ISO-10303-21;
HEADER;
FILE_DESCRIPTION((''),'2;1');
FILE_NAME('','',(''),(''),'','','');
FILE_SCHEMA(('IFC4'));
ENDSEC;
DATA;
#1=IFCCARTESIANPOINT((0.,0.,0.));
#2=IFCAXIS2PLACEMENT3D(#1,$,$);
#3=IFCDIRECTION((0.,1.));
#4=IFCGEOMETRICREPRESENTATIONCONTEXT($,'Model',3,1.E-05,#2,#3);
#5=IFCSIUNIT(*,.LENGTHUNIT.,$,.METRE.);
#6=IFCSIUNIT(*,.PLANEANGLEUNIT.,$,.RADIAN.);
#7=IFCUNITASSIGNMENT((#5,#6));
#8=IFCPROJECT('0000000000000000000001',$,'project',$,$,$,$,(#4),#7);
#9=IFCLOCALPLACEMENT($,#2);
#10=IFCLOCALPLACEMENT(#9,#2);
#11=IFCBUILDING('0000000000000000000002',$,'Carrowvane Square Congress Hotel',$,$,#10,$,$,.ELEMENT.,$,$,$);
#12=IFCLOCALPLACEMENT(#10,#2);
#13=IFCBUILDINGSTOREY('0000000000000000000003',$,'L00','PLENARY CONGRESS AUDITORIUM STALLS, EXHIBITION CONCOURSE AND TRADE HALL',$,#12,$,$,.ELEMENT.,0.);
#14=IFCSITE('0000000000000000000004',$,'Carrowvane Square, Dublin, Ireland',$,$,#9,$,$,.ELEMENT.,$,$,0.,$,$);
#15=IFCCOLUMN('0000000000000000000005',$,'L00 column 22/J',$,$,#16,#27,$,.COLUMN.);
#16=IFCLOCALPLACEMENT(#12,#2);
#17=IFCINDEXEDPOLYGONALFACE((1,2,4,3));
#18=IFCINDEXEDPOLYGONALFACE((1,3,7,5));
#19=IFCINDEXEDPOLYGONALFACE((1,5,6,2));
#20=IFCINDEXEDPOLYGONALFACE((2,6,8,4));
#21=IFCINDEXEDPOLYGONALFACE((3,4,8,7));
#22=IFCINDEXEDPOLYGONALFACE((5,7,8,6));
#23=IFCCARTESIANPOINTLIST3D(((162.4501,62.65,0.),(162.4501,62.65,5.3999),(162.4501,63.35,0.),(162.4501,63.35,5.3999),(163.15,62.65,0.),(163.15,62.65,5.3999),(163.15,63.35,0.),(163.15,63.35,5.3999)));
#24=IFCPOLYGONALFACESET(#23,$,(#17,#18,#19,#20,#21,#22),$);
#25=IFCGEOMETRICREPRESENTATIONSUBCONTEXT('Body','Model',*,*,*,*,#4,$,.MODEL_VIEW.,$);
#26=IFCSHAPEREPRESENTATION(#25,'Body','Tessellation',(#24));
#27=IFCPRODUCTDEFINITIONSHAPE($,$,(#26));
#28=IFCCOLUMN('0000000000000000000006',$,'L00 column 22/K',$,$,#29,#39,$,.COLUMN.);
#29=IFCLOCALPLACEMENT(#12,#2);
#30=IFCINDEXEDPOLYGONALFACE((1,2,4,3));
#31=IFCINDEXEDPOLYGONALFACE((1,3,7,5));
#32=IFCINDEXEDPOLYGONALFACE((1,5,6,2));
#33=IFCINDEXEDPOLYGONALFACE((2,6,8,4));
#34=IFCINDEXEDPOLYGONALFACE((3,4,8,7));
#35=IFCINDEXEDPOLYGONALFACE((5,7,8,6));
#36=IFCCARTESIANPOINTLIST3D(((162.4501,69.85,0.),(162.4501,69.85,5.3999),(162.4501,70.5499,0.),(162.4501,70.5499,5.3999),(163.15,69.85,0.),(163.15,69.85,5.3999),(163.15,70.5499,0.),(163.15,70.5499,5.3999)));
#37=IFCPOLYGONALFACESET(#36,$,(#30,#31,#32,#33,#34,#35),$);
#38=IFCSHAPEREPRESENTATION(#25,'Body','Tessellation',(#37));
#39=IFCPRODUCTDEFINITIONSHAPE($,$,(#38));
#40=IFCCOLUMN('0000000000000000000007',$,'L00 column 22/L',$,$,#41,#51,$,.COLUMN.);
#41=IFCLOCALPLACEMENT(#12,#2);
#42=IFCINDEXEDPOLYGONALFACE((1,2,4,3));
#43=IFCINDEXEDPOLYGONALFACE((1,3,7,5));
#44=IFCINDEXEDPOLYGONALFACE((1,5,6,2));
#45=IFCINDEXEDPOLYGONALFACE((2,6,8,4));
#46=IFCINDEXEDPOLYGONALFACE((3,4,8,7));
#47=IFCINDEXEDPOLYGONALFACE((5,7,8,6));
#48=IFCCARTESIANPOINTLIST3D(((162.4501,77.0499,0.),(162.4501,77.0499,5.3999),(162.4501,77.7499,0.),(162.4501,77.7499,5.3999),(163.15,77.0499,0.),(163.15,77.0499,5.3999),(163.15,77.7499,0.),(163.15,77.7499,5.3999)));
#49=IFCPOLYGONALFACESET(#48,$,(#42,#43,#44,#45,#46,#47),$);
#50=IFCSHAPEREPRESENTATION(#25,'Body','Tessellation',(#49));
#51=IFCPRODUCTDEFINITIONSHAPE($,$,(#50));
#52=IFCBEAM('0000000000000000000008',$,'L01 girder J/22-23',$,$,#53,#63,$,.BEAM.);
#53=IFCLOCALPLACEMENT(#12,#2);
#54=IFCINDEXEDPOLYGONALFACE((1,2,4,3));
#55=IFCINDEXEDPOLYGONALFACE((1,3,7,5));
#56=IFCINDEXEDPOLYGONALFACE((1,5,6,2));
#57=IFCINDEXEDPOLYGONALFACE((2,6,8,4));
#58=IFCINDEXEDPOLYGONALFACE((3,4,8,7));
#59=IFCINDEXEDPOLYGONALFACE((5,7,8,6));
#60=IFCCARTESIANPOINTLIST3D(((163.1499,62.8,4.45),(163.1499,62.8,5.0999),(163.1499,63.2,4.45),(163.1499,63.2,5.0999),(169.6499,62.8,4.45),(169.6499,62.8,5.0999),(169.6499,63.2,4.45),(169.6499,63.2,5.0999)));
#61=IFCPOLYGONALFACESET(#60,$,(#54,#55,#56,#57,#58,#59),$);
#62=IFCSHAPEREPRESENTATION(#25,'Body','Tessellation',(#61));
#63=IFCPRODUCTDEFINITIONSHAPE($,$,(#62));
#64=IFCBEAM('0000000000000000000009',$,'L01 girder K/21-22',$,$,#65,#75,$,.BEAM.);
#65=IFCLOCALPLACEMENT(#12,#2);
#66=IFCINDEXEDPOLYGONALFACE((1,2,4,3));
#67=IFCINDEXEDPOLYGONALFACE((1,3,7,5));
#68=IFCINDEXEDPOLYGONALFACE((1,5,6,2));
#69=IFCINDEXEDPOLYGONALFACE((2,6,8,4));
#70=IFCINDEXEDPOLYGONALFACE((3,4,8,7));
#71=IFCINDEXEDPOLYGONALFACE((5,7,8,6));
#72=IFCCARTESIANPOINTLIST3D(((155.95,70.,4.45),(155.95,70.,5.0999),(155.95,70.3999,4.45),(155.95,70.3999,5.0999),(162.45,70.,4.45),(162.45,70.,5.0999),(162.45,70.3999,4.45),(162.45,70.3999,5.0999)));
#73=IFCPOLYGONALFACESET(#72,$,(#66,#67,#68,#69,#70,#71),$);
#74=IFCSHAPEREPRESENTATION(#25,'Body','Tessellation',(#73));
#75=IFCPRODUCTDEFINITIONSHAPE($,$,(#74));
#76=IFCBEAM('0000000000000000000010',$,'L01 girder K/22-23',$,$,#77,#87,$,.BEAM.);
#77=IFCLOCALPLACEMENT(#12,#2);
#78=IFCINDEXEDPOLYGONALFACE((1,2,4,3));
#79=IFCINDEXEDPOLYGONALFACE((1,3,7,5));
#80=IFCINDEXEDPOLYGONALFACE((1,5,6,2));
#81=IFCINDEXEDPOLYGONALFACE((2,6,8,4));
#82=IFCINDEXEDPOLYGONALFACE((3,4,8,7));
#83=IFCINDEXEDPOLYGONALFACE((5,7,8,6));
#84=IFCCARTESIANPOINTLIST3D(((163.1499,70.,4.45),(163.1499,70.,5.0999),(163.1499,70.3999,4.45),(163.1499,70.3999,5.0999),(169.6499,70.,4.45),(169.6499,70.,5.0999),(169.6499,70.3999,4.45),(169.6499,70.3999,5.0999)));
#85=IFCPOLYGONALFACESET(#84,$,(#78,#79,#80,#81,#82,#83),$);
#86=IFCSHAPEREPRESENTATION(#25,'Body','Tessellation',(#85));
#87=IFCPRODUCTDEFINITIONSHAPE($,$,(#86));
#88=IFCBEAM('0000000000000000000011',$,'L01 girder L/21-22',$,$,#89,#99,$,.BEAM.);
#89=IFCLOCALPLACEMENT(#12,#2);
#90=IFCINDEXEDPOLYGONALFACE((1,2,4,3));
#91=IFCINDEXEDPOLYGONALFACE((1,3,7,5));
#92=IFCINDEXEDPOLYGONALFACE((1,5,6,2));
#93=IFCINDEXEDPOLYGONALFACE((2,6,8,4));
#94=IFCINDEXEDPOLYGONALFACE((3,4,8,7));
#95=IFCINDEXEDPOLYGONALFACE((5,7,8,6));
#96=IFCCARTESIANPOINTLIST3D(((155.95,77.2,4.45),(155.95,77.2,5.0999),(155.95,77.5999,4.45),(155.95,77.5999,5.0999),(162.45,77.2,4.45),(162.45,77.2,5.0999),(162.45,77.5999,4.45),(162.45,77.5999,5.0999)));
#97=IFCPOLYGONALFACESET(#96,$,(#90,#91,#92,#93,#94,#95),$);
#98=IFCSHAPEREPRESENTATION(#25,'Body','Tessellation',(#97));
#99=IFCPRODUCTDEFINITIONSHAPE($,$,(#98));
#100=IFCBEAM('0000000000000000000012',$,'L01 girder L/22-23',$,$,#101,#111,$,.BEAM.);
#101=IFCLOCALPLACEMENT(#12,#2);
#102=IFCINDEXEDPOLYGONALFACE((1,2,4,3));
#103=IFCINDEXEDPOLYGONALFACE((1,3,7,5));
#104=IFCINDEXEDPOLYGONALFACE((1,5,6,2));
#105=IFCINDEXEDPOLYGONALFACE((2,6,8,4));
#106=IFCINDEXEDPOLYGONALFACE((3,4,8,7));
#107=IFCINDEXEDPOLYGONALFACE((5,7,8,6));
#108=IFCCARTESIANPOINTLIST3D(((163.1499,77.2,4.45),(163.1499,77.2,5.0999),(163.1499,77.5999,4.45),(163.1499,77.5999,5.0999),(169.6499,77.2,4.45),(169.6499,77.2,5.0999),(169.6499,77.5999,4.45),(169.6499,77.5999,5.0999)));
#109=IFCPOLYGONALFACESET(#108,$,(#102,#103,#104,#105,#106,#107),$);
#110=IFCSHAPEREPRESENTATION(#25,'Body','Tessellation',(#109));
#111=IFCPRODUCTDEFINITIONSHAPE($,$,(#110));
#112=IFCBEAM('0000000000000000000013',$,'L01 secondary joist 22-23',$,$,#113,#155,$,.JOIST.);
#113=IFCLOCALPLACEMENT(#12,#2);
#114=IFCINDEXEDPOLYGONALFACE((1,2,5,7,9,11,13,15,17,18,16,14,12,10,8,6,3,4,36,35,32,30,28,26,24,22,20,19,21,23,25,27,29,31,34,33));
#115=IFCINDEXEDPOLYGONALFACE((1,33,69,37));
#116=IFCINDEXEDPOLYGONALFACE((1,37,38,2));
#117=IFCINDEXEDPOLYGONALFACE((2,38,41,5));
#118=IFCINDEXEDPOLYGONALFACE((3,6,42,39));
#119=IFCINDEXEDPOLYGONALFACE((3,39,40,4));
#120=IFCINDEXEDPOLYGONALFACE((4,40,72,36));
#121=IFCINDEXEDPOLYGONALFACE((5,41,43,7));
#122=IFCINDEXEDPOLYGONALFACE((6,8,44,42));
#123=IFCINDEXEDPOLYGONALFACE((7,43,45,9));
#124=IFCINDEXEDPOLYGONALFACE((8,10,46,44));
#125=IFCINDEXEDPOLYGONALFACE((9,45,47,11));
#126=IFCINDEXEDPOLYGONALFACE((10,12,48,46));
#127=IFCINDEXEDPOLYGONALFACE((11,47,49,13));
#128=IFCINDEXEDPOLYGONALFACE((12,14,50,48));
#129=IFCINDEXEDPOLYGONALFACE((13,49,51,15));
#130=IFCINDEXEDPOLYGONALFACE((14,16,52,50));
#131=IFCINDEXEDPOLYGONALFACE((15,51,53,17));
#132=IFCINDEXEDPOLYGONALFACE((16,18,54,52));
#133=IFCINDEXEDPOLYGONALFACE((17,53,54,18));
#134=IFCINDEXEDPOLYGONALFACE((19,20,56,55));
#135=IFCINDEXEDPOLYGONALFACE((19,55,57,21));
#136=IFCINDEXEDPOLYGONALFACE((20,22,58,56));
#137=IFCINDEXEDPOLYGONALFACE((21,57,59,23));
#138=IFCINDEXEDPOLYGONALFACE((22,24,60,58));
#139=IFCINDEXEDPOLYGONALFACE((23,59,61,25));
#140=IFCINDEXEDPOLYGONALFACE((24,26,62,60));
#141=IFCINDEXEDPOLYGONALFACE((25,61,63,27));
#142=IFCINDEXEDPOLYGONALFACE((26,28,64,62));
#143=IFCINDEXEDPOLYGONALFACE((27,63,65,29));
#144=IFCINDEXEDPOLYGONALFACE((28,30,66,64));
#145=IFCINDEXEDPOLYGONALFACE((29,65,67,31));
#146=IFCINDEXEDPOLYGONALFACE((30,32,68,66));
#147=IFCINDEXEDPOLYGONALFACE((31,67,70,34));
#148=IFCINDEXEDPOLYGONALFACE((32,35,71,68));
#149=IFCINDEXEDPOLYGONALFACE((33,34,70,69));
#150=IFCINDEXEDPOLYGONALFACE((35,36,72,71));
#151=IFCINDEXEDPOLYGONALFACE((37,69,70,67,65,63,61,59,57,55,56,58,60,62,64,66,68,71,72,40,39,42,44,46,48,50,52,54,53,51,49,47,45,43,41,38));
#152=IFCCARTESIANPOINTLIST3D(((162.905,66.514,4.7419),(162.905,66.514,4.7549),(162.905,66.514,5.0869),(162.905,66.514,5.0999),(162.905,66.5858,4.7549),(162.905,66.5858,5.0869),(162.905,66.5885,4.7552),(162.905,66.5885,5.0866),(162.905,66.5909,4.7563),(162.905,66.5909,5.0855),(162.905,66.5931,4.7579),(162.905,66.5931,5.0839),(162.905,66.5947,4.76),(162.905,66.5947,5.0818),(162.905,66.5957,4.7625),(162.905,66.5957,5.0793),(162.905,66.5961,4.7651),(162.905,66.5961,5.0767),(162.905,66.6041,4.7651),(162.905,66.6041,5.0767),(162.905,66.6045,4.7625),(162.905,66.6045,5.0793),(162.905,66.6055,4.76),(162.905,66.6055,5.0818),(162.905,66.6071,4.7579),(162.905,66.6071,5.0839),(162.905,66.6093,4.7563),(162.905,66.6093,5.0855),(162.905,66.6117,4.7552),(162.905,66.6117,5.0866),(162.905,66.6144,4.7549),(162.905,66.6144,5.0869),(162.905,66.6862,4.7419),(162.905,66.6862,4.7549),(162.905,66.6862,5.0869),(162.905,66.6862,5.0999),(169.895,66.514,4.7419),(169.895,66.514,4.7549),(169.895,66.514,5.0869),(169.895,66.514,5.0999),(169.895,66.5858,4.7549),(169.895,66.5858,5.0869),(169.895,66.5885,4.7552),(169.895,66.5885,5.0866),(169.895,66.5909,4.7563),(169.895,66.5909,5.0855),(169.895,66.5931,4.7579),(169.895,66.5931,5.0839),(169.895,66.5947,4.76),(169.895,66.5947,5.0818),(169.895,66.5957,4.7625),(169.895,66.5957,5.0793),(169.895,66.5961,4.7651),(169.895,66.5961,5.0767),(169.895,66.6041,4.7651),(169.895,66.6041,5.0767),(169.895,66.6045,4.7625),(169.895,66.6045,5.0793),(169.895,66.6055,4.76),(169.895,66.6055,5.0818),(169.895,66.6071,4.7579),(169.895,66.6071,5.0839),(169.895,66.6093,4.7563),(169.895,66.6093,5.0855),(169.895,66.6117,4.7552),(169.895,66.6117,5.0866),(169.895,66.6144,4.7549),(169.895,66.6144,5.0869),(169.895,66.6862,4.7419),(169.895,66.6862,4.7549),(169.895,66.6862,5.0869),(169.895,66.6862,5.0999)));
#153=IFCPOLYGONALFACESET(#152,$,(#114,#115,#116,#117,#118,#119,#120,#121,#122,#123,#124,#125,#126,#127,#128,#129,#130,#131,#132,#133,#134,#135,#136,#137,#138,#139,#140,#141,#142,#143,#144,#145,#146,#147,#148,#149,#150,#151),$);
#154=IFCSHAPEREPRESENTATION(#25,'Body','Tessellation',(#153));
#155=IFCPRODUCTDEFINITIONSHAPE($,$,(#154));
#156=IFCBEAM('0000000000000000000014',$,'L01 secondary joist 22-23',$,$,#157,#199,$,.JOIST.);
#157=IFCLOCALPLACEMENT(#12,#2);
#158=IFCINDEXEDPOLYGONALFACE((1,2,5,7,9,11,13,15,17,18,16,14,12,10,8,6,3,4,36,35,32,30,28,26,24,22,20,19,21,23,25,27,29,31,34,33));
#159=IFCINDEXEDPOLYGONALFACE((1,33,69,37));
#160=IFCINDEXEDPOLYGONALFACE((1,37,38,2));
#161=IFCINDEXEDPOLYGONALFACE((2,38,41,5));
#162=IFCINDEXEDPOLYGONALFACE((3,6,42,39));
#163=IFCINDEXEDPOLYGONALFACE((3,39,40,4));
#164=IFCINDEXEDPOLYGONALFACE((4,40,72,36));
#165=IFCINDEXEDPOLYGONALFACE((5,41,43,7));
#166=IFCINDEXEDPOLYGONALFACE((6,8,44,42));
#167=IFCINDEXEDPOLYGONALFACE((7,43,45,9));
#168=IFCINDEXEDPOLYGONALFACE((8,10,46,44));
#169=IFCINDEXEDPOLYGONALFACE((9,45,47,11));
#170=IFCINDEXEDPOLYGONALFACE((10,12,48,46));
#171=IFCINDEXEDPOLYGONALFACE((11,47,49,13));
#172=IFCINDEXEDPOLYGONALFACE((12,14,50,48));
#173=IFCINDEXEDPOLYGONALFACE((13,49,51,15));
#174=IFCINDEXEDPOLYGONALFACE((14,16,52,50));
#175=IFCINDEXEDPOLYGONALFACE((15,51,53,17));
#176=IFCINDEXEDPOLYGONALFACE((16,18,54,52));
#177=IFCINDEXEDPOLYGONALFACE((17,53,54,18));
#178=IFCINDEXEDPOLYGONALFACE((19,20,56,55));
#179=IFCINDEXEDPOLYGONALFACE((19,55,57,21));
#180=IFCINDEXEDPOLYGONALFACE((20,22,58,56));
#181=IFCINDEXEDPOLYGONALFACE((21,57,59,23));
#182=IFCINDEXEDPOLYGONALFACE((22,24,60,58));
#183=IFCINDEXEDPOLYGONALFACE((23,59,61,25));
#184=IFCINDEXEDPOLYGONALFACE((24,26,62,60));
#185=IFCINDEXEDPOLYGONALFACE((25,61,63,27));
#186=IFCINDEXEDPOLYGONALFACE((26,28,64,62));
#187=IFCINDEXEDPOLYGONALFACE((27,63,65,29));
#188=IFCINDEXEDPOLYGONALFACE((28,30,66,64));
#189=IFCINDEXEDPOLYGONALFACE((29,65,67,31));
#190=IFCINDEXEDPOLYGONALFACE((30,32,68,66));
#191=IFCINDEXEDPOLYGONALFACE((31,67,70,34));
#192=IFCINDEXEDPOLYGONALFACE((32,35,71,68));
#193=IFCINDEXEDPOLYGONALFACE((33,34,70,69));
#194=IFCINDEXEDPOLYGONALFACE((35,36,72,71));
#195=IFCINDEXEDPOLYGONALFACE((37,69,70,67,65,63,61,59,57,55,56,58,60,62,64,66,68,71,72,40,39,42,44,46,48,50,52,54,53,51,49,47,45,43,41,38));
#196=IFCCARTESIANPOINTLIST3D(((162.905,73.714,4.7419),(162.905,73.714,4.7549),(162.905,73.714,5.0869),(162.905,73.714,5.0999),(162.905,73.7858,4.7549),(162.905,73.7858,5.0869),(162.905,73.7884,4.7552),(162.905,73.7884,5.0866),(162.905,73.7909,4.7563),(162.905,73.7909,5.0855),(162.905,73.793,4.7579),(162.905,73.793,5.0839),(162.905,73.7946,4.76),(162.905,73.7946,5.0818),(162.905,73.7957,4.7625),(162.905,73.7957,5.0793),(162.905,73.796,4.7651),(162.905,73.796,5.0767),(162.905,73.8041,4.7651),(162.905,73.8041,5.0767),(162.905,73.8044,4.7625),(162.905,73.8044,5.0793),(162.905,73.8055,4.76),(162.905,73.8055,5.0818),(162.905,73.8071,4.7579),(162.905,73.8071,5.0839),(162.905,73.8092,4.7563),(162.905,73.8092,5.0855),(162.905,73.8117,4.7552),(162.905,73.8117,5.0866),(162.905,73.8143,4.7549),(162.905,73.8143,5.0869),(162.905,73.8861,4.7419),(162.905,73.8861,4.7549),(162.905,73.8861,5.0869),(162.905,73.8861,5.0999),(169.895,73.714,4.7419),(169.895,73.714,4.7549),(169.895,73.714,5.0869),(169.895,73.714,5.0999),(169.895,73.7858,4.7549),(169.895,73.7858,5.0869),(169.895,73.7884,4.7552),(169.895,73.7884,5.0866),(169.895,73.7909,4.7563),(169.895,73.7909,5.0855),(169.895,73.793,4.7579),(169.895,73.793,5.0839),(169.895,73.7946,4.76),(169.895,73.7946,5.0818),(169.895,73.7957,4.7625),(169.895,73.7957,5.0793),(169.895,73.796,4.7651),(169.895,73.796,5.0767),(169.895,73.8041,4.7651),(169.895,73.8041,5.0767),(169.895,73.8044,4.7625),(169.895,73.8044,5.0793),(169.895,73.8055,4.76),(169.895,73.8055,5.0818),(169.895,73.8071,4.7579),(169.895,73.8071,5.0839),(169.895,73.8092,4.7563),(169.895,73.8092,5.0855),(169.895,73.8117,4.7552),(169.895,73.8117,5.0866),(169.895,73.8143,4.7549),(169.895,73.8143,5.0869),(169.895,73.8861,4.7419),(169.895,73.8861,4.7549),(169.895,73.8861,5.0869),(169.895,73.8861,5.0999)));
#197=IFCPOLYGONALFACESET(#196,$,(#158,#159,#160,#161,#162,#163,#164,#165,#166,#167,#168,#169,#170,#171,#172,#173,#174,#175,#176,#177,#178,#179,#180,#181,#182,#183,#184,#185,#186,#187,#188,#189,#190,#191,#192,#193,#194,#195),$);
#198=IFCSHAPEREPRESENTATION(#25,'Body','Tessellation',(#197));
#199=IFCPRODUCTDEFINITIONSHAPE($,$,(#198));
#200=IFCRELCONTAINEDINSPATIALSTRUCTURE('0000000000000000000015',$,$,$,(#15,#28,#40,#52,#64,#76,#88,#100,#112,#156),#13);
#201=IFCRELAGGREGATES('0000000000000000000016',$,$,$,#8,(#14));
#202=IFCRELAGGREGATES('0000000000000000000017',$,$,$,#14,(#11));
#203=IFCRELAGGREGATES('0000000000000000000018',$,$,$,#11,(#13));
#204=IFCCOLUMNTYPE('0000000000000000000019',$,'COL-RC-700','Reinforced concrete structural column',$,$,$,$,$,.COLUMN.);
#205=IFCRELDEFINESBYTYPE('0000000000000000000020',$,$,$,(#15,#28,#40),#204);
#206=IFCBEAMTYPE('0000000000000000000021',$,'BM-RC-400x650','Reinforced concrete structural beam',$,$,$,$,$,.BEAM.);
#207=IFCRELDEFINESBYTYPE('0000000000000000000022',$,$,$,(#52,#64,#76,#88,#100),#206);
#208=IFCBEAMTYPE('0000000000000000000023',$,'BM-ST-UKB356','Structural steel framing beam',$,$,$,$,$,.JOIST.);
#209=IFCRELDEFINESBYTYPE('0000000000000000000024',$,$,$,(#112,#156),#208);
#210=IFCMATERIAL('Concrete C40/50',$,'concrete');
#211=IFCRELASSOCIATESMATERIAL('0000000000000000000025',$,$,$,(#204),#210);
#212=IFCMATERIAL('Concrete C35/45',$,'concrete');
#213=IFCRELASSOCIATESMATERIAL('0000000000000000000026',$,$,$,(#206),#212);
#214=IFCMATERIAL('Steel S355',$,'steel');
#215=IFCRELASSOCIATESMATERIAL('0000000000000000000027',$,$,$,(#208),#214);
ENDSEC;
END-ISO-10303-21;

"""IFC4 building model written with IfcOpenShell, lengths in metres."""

from ifc_helpers import new_model, si_unit, direction, frame, origin, origin_2d, place, context, subcontext, project, spatial, rectangle, i_section, extrude, material, material_profile, profile_set, type_object, element, save


model = new_model("IFC4")

# Units and contexts
model_context = context("Model", 3, precision=1e-05, world=origin(), true_north=direction((0.0, 1.0)))
body_context = subcontext(model_context, "Body", "Model", "MODEL_VIEW")
ifc_project = project(units=[si_unit("LENGTHUNIT", "METRE"), si_unit("PLANEANGLEUNIT", "RADIAN")], contexts=[model_context])

# Site, building, storey
site_placement = place(None, origin())
site = spatial("IfcSite", under=ifc_project, at=site_placement, Name="Carrowvane Square, Dublin, Ireland", CompositionType="ELEMENT", RefElevation=0.0)
building_placement = place(site_placement, origin())
building = spatial("IfcBuilding", under=site, at=building_placement, Name="Carrowvane Square Congress Hotel", CompositionType="ELEMENT")
storey_placement = place(building_placement, origin())
storey = spatial("IfcBuildingStorey", under=building, at=storey_placement, Name="L00", Description="PLENARY CONGRESS AUDITORIUM STALLS, EXHIBITION CONCOURSE AND TRADE HALL", CompositionType="ELEMENT", Elevation=0.0)

# Columns
ifc_material_1 = material(Name="Concrete C40/50", Category="concrete")
ifc_material_profile_1 = material_profile(ifc_material_1, rectangle(XDim=0.7, YDim=0.7, at=origin_2d()), Name="RC 700x700")
ifc_profile_set_1 = profile_set([ifc_material_profile_1], Name="Concrete C40/50")
column_type = type_object("IfcColumnType", Name="COL-RC-700", Description="Reinforced concrete structural column", PredefinedType="COLUMN", material=ifc_profile_set_1)
for number, where, z_axis, x_axis, name in (
    (1, (162.8, 63.0, 0.0), (0.0, 0.0, 1.0), (1.0, 0.0, 0.0), "L00 column 22/J"),
    (2, (162.8, 70.2, 0.0), (0.0, 0.0, 1.0), (1.0, 0.0, 0.0), "L00 column 22/K"),
    (3, (162.8, 77.3999, 0.0), (0.0, 0.0, 1.0), (1.0, 0.0, 0.0), "L00 column 22/L"),
):
    element("IfcColumn", number, at=place(storey_placement, frame(where, z_axis=z_axis, x_axis=x_axis)), inside=storey, type_object=column_type, Name=name, PredefinedType="COLUMN", context=body_context, shape_type="SweptSolid", body=[
        extrude(rectangle(XDim=0.7, YDim=0.7, at=origin_2d()), origin(), (0.0, 0.0, 1.0), 5.3999),
    ])

# Beams
ifc_material_2 = material(Name="Concrete C35/45", Category="concrete")
ifc_material_profile_2 = material_profile(ifc_material_2, rectangle(XDim=0.3999, YDim=0.6499, at=origin_2d()), Name="RC 400x650")
ifc_profile_set_2 = profile_set([ifc_material_profile_2], Name="Concrete C35/45")
beam_type_1 = type_object("IfcBeamType", Name="BM-RC-400x650", Description="Reinforced concrete structural beam", PredefinedType="BEAM", material=ifc_profile_set_2)
for number, where, z_axis, x_axis, name in (
    (4, (163.1499, 63.0, 4.7749), (1.0, 0.0, 0.0), (0.0, 1.0, 0.0), "L01 girder J/22-23"),
    (5, (155.95, 70.2, 4.7749), (1.0, 0.0, 0.0), (0.0, 1.0, 0.0), "L01 girder K/21-22"),
    (6, (163.1499, 70.2, 4.7749), (1.0, 0.0, 0.0), (0.0, 1.0, 0.0), "L01 girder K/22-23"),
    (7, (155.95, 77.3999, 4.7749), (1.0, 0.0, 0.0), (0.0, 1.0, 0.0), "L01 girder L/21-22"),
    (8, (163.1499, 77.3999, 4.7749), (1.0, 0.0, 0.0), (0.0, 1.0, 0.0), "L01 girder L/22-23"),
):
    element("IfcBeam", number, at=place(storey_placement, frame(where, z_axis=z_axis, x_axis=x_axis)), inside=storey, type_object=beam_type_1, Name=name, PredefinedType="BEAM", context=body_context, shape_type="SweptSolid", body=[
        extrude(rectangle(XDim=0.3999, YDim=0.6499, at=origin_2d()), origin(), (0.0, 0.0, 1.0), 6.5),
    ])
ifc_material_3 = material(Name="Steel S355", Category="steel")
ifc_material_profile_3 = material_profile(ifc_material_3, i_section(OverallWidth=0.1721, OverallDepth=0.3579, WebThickness=0.0081, FlangeThickness=0.0129, FilletRadius=0.0103, at=origin_2d()), Name="UKB 356x171x57")
ifc_profile_set_3 = profile_set([ifc_material_profile_3], Name="Steel S355")
beam_type_2 = type_object("IfcBeamType", Name="BM-ST-UKB356", Description="Structural steel framing beam", PredefinedType="JOIST", material=ifc_profile_set_3)
for number, where, z_axis, x_axis, name in (
    (9, (162.905, 66.6001, 4.9209), (1.0, 0.0, 0.0), (0.0, 1.0, 0.0), "L01 secondary joist 22-23"),
    (10, (162.905, 73.8, 4.9209), (1.0, 0.0, 0.0), (0.0, 1.0, 0.0), "L01 secondary joist 22-23"),
):
    element("IfcBeam", number, at=place(storey_placement, frame(where, z_axis=z_axis, x_axis=x_axis)), inside=storey, type_object=beam_type_2, Name=name, PredefinedType="JOIST", context=body_context, shape_type="SweptSolid", body=[
        extrude(i_section(OverallWidth=0.1721, OverallDepth=0.3579, WebThickness=0.0081, FlangeThickness=0.0129, FilletRadius=0.0103, at=origin_2d()), origin(), (0.0, 0.0, 1.0), 6.99),
    ])

save(model, "model.ifc")
